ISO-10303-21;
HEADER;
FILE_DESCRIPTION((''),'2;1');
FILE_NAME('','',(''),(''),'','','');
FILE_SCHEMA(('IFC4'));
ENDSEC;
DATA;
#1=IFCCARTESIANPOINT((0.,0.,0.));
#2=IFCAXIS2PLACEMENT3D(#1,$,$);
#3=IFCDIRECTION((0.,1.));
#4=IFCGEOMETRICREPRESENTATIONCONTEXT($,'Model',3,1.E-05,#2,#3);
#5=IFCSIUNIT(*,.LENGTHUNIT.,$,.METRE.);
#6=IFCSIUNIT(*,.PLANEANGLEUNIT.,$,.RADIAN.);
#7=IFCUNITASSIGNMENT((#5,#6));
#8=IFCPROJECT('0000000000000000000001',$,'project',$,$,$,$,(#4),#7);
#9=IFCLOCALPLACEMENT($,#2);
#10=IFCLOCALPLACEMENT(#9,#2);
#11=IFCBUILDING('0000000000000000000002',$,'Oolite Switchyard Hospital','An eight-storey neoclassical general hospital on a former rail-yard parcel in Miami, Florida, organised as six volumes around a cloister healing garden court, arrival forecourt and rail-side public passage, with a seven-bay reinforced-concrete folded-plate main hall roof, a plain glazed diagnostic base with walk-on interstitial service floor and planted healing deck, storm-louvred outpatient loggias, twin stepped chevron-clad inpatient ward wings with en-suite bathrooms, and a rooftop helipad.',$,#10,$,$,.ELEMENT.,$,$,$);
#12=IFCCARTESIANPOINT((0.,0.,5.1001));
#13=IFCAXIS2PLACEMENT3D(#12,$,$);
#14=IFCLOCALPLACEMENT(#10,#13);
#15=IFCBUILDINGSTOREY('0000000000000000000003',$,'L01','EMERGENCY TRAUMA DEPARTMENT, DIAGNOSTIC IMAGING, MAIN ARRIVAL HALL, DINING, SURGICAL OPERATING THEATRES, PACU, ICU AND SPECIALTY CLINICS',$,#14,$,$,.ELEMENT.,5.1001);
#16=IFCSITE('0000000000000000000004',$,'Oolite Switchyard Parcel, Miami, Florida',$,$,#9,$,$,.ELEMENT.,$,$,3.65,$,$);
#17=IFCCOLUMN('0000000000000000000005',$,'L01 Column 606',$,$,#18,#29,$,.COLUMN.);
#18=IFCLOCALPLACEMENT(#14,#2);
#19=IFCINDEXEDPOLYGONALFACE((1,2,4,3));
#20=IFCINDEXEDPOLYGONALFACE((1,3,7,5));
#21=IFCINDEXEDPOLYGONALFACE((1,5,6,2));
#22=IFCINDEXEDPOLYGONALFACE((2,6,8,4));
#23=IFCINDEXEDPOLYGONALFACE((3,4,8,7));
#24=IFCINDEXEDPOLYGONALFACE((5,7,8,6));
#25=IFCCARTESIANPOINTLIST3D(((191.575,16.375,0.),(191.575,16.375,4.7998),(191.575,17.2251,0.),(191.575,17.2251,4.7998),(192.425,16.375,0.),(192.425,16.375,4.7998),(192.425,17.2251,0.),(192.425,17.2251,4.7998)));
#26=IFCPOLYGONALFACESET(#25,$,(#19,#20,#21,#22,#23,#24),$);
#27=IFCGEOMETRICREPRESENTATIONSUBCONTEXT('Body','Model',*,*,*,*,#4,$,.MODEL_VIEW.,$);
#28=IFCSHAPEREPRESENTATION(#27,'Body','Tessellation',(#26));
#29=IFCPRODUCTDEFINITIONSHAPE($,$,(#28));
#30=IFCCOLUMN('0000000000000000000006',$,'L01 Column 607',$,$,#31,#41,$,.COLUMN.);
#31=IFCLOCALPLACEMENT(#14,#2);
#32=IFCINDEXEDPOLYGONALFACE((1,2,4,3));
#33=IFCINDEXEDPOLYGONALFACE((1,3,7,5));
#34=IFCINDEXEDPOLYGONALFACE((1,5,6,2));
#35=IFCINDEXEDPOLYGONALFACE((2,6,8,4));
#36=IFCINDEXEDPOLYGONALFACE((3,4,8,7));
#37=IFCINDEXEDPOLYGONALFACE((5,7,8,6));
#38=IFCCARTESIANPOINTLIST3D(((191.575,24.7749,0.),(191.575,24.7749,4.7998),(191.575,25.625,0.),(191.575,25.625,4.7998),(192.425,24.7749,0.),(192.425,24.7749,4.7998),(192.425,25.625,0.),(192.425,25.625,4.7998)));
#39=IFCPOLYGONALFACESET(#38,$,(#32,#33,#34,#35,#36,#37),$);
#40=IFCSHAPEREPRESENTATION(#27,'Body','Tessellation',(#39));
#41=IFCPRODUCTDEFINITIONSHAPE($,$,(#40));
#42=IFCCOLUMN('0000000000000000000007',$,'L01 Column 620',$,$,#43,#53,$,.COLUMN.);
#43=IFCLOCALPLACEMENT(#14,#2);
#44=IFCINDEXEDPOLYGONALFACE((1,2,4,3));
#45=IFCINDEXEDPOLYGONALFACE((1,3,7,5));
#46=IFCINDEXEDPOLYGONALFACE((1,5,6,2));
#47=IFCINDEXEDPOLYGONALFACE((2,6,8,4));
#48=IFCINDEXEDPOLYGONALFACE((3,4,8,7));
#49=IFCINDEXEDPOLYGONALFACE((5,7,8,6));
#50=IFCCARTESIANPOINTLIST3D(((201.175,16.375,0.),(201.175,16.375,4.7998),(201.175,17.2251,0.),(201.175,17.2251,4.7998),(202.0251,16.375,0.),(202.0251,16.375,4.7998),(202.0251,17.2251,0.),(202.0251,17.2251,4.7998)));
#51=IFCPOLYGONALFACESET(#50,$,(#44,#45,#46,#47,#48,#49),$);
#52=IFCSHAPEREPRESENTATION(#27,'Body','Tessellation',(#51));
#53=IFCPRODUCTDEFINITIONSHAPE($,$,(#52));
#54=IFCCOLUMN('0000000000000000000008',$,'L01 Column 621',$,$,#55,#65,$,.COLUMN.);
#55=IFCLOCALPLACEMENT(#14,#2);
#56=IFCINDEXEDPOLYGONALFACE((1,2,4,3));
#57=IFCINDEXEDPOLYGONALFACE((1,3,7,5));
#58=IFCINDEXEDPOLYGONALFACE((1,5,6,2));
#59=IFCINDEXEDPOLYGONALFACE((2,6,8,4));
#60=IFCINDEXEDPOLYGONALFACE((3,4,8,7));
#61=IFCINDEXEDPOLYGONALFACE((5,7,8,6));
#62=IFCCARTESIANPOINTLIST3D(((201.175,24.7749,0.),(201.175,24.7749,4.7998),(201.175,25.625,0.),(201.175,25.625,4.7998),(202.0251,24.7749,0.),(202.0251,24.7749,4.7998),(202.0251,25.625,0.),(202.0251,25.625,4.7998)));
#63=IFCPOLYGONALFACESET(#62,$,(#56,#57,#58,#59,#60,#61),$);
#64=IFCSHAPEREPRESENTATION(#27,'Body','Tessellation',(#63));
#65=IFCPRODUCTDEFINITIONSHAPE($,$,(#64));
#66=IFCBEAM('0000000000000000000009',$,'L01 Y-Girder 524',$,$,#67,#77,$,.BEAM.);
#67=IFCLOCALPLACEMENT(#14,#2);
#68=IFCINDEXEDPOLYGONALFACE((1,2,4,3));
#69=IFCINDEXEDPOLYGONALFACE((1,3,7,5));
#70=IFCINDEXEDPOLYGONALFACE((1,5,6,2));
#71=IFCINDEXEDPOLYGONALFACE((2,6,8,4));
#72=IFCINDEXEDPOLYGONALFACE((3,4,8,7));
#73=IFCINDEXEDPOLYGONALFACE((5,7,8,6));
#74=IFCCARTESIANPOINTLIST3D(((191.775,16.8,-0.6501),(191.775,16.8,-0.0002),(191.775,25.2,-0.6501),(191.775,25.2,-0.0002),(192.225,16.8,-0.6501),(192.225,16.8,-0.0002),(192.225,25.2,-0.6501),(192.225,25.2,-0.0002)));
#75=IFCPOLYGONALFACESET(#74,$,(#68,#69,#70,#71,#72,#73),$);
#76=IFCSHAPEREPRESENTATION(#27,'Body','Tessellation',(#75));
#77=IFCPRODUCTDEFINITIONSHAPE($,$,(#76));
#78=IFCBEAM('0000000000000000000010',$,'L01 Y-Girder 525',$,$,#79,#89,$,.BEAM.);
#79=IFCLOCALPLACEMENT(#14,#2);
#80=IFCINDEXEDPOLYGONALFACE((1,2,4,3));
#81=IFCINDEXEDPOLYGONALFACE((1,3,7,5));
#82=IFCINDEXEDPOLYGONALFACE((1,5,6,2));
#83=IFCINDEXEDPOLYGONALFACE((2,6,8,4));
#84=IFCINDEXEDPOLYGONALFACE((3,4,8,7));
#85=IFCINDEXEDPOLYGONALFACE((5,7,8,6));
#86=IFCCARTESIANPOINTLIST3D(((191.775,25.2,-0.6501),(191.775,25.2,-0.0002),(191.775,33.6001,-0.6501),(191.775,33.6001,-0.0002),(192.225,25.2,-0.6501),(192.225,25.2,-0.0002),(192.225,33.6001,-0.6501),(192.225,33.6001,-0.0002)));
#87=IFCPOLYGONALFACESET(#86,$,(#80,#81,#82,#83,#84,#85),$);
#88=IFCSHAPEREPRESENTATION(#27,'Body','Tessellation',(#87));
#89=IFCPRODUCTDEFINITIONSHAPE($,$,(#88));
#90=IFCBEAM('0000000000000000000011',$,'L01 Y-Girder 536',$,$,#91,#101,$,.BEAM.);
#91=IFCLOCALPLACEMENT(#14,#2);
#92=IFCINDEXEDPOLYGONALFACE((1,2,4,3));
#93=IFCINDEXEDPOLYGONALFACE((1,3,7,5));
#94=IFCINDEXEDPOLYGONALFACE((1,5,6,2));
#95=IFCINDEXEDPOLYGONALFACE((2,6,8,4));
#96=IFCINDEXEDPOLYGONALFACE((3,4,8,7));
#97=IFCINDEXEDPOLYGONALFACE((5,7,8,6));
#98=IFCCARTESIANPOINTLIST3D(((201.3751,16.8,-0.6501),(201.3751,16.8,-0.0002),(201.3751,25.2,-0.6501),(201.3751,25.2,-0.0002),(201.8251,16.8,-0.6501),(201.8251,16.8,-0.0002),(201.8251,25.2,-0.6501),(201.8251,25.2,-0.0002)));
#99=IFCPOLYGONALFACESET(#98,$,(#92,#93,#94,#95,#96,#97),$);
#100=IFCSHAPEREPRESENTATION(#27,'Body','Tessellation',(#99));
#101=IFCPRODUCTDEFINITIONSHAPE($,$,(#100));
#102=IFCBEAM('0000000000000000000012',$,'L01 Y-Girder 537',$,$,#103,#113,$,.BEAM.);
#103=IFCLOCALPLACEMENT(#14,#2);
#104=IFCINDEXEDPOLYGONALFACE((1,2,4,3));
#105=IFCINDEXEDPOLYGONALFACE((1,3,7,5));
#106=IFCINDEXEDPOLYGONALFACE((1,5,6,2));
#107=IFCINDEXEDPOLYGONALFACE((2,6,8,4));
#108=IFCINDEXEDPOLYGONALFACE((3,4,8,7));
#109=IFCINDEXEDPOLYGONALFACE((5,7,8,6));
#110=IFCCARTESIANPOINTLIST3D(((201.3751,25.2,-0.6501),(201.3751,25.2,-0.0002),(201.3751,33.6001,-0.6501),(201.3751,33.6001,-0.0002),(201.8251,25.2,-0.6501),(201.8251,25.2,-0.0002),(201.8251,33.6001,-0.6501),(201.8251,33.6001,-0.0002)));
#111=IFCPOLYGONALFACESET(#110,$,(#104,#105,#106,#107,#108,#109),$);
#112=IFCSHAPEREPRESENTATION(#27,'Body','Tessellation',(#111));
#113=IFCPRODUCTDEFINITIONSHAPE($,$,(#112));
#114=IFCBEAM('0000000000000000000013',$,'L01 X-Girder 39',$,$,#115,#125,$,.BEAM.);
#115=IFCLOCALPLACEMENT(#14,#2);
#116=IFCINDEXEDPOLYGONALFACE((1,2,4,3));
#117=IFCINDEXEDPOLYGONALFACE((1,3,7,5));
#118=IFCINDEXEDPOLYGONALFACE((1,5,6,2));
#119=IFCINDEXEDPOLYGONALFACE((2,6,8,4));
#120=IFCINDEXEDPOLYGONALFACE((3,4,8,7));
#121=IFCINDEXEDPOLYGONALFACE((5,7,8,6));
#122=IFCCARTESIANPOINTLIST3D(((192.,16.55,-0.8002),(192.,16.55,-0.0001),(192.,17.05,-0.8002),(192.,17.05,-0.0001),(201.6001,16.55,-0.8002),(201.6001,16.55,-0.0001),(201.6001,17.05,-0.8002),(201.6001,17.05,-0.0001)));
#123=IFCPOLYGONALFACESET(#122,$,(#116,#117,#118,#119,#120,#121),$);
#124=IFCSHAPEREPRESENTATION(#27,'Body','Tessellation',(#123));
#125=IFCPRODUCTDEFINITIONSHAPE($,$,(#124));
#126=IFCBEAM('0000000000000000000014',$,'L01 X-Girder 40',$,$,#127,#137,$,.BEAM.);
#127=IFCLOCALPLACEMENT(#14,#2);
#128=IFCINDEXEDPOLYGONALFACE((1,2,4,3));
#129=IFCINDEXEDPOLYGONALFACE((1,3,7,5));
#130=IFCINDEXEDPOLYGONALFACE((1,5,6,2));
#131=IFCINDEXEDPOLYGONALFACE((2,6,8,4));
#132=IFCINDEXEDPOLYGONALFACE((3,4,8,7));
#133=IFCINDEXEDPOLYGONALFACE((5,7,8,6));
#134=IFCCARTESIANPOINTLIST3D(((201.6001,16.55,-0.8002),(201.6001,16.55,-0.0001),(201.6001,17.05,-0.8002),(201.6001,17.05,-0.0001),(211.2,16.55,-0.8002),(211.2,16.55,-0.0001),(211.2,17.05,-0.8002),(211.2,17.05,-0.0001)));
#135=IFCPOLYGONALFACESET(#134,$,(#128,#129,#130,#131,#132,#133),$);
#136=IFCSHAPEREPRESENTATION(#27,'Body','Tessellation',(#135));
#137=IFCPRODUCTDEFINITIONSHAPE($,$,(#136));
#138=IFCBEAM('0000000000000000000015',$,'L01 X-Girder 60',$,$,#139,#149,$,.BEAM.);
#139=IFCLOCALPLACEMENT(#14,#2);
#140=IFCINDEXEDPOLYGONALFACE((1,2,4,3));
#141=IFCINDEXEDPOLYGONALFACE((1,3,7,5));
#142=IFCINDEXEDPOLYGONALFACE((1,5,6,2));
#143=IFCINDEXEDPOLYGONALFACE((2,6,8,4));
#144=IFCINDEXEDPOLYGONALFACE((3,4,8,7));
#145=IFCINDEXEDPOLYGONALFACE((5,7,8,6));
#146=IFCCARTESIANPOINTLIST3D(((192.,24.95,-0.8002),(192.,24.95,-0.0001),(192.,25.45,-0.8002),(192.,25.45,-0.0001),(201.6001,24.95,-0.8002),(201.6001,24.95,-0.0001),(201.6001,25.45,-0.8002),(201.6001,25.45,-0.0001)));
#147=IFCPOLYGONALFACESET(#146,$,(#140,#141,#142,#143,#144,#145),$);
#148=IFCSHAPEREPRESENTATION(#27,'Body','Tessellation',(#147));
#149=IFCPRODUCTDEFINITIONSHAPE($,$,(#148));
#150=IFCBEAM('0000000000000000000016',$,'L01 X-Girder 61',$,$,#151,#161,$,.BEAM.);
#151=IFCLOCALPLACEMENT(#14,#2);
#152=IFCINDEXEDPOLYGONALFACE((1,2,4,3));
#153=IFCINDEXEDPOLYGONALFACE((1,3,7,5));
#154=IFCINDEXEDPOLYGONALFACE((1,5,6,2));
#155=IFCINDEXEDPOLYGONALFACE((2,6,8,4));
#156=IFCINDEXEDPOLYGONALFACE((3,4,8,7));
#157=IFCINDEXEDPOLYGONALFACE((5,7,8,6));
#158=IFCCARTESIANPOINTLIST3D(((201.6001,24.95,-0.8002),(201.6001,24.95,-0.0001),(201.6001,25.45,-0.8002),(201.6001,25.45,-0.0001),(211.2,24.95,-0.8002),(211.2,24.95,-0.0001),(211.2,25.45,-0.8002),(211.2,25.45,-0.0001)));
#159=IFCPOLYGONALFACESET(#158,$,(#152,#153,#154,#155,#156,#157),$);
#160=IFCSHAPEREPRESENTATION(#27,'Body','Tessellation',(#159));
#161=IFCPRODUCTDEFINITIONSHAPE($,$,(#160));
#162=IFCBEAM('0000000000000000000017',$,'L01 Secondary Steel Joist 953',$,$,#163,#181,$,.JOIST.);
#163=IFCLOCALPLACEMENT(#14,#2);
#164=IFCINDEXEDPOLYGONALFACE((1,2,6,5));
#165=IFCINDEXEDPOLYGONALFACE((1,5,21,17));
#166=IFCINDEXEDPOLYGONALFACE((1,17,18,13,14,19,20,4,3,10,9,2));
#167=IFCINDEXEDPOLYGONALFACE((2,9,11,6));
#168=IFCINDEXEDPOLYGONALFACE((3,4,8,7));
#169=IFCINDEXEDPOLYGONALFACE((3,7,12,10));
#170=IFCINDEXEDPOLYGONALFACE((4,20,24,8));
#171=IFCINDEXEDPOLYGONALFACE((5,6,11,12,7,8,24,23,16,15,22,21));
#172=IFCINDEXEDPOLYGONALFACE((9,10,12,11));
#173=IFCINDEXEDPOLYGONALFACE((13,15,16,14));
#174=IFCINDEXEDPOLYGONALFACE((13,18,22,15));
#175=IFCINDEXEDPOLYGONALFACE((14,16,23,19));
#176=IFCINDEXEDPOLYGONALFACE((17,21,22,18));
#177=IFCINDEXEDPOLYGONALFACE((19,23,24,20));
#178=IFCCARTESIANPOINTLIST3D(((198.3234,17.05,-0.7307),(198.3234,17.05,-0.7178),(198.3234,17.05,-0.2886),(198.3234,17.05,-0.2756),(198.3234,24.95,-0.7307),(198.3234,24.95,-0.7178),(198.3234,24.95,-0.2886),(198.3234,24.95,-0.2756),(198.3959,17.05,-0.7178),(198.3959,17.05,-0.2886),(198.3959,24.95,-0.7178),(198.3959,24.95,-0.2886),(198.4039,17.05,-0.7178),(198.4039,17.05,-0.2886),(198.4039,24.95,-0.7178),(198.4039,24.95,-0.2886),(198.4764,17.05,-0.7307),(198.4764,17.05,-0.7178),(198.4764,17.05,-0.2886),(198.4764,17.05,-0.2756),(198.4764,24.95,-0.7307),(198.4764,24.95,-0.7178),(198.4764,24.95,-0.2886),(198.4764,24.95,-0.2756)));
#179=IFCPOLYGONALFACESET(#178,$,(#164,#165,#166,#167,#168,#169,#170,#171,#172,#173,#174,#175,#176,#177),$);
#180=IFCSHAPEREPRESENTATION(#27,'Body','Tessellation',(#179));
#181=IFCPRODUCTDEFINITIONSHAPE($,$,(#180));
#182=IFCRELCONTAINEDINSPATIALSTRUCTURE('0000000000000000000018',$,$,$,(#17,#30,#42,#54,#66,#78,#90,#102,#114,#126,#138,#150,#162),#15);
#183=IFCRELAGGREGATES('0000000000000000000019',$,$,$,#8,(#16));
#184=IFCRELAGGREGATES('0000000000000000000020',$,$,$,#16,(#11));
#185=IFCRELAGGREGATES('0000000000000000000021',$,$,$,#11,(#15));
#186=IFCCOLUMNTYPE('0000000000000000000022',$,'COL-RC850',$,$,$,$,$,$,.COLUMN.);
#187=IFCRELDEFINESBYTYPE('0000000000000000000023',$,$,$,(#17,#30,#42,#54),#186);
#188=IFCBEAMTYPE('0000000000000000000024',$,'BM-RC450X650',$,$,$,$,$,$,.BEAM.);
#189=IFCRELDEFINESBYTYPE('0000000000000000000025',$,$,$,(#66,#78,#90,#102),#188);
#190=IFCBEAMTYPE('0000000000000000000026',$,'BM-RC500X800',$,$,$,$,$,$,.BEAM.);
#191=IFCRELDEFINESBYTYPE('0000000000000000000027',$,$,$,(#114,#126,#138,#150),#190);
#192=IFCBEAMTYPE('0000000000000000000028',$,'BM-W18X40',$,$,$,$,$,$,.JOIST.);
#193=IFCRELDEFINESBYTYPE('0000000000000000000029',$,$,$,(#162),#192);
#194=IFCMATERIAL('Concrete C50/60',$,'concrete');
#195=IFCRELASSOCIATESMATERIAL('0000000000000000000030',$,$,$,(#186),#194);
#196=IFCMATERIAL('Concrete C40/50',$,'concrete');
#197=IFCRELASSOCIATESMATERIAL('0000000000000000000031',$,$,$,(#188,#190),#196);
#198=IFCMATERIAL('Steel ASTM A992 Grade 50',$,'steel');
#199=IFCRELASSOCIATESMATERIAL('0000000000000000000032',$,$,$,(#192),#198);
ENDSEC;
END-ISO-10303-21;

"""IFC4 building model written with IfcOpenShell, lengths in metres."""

from ifc_helpers import new_model, si_unit, direction, frame, origin, origin_2d, place, context, subcontext, project, spatial, rectangle, i_section, extrude, material, material_profile, profile_set, type_object, element, save


model = new_model("IFC4")

# Units and contexts
model_context = context("Model", 3, precision=1e-05, world=origin(), true_north=direction((0.0, 1.0)))
body_context = subcontext(model_context, "Body", "Model", "MODEL_VIEW")
ifc_project = project(units=[si_unit("LENGTHUNIT", "METRE"), si_unit("PLANEANGLEUNIT", "RADIAN")], contexts=[model_context])

# Site, building, storey
site_placement = place(None, origin())
site = spatial("IfcSite", under=ifc_project, at=site_placement, Name="Oolite Switchyard Parcel, Miami, Florida", CompositionType="ELEMENT", RefElevation=3.65)
building_placement = place(site_placement, origin())
building = spatial("IfcBuilding", under=site, at=building_placement, Name="Oolite Switchyard Hospital", Description="An eight-storey neoclassical general hospital on a former rail-yard parcel in Miami, Florida, organised as six volumes around a cloister healing garden court, arrival forecourt and rail-side public passage, with a seven-bay reinforced-concrete folded-plate main hall roof, a plain glazed diagnostic base with walk-on interstitial service floor and planted healing deck, storm-louvred outpatient loggias, twin stepped chevron-clad inpatient ward wings with en-suite bathrooms, and a rooftop helipad.", CompositionType="ELEMENT")
storey_placement = place(building_placement, frame((0.0, 0.0, 5.1001)))
storey = spatial("IfcBuildingStorey", under=building, at=storey_placement, Name="L01", Description="EMERGENCY TRAUMA DEPARTMENT, DIAGNOSTIC IMAGING, MAIN ARRIVAL HALL, DINING, SURGICAL OPERATING THEATRES, PACU, ICU AND SPECIALTY CLINICS", CompositionType="ELEMENT", Elevation=5.1001)

# Columns
ifc_material_1 = material(Name="Concrete C50/60", Category="concrete")
ifc_material_profile_1 = material_profile(ifc_material_1, rectangle(XDim=0.8501, YDim=0.8501, at=origin_2d()), Name="RC850X850")
ifc_profile_set_1 = profile_set([ifc_material_profile_1], Name="Concrete C50/60")
column_type = type_object("IfcColumnType", Name="COL-RC850", PredefinedType="COLUMN", material=ifc_profile_set_1)
for number, where, z_axis, x_axis, name in (
    (1, (192.0, 16.8, 0.0), (0.0, 0.0, 1.0), (1.0, 0.0, 0.0), "L01 Column 606"),
    (2, (192.0, 25.2, 0.0), (0.0, 0.0, 1.0), (1.0, 0.0, 0.0), "L01 Column 607"),
    (3, (201.6001, 16.8, 0.0), (0.0, 0.0, 1.0), (1.0, 0.0, 0.0), "L01 Column 620"),
    (4, (201.6001, 25.2, 0.0), (0.0, 0.0, 1.0), (1.0, 0.0, 0.0), "L01 Column 621"),
):
    element("IfcColumn", number, at=place(storey_placement, frame(where, z_axis=z_axis, x_axis=x_axis)), inside=storey, type_object=column_type, Name=name, PredefinedType="COLUMN", context=body_context, shape_type="SweptSolid", body=[
        extrude(rectangle(XDim=0.8501, YDim=0.8501, at=origin_2d()), origin(), (0.0, 0.0, 1.0), 4.7998),
    ])

# Beams
ifc_material_2 = material(Name="Concrete C40/50", Category="concrete")
ifc_material_profile_2 = material_profile(ifc_material_2, rectangle(XDim=0.45, YDim=0.6499, at=origin_2d()), Name="RCB450X650")
ifc_profile_set_2 = profile_set([ifc_material_profile_2], Name="Concrete C40/50")
beam_type_1 = type_object("IfcBeamType", Name="BM-RC450X650", PredefinedType="BEAM", material=ifc_profile_set_2)
beam_1_placement = place(storey_placement, frame((192.0, 16.8, -0.3252), z_axis=(0.0, 1.0, 0.0), x_axis=(-1.0, 0.0, 0.0)))
element("IfcBeam", 5, at=beam_1_placement, inside=storey, type_object=beam_type_1, Name="L01 Y-Girder 524", PredefinedType="BEAM", context=body_context, shape_type="SweptSolid", body=[
    extrude(rectangle(XDim=0.45, YDim=0.6499, at=origin_2d()), origin(), (0.0, 0.0, 1.0), 8.3999),
])
beam_2_placement = place(storey_placement, frame((192.0, 25.2, -0.3252), z_axis=(0.0, 1.0, 0.0), x_axis=(-1.0, 0.0, 0.0)))
element("IfcBeam", 6, at=beam_2_placement, inside=storey, type_object=beam_type_1, Name="L01 Y-Girder 525", PredefinedType="BEAM", context=body_context, shape_type="SweptSolid", body=[
    extrude(rectangle(XDim=0.45, YDim=0.6499, at=origin_2d()), origin(), (0.0, 0.0, 1.0), 8.4001),
])
beam_3_placement = place(storey_placement, frame((201.6001, 16.8, -0.3252), z_axis=(0.0, 1.0, 0.0), x_axis=(-1.0, 0.0, 0.0)))
element("IfcBeam", 7, at=beam_3_placement, inside=storey, type_object=beam_type_1, Name="L01 Y-Girder 536", PredefinedType="BEAM", context=body_context, shape_type="SweptSolid", body=[
    extrude(rectangle(XDim=0.45, YDim=0.6499, at=origin_2d()), origin(), (0.0, 0.0, 1.0), 8.3999),
])
beam_4_placement = place(storey_placement, frame((201.6001, 25.2, -0.3252), z_axis=(0.0, 1.0, 0.0), x_axis=(-1.0, 0.0, 0.0)))
element("IfcBeam", 8, at=beam_4_placement, inside=storey, type_object=beam_type_1, Name="L01 Y-Girder 537", PredefinedType="BEAM", context=body_context, shape_type="SweptSolid", body=[
    extrude(rectangle(XDim=0.45, YDim=0.6499, at=origin_2d()), origin(), (0.0, 0.0, 1.0), 8.4001),
])
ifc_material_profile_3 = material_profile(ifc_material_2, rectangle(XDim=0.5, YDim=0.8, at=origin_2d()), Name="RCB500X800")
ifc_profile_set_3 = profile_set([ifc_material_profile_3], Name="Concrete C40/50")
beam_type_2 = type_object("IfcBeamType", Name="BM-RC500X800", PredefinedType="BEAM", material=ifc_profile_set_3)
beam_5_placement = place(storey_placement, frame((192.0, 16.8, -0.4001), z_axis=(1.0, 0.0, 0.0), x_axis=(0.0, 1.0, 0.0)))
element("IfcBeam", 9, at=beam_5_placement, inside=storey, type_object=beam_type_2, Name="L01 X-Girder 39", PredefinedType="BEAM", context=body_context, shape_type="SweptSolid", body=[
    extrude(rectangle(XDim=0.5, YDim=0.8, at=origin_2d()), origin(), (0.0, 0.0, 1.0), 9.6001),
])
beam_6_placement = place(storey_placement, frame((201.6001, 16.8, -0.4001), z_axis=(1.0, 0.0, 0.0), x_axis=(0.0, 1.0, 0.0)))
element("IfcBeam", 10, at=beam_6_placement, inside=storey, type_object=beam_type_2, Name="L01 X-Girder 40", PredefinedType="BEAM", context=body_context, shape_type="SweptSolid", body=[
    extrude(rectangle(XDim=0.5, YDim=0.8, at=origin_2d()), origin(), (0.0, 0.0, 1.0), 9.5999),
])
beam_7_placement = place(storey_placement, frame((192.0, 25.2, -0.4001), z_axis=(1.0, 0.0, 0.0), x_axis=(0.0, 1.0, 0.0)))
element("IfcBeam", 11, at=beam_7_placement, inside=storey, type_object=beam_type_2, Name="L01 X-Girder 60", PredefinedType="BEAM", context=body_context, shape_type="SweptSolid", body=[
    extrude(rectangle(XDim=0.5, YDim=0.8, at=origin_2d()), origin(), (0.0, 0.0, 1.0), 9.6001),
])
beam_8_placement = place(storey_placement, frame((201.6001, 25.2, -0.4001), z_axis=(1.0, 0.0, 0.0), x_axis=(0.0, 1.0, 0.0)))
element("IfcBeam", 12, at=beam_8_placement, inside=storey, type_object=beam_type_2, Name="L01 X-Girder 61", PredefinedType="BEAM", context=body_context, shape_type="SweptSolid", body=[
    extrude(rectangle(XDim=0.5, YDim=0.8, at=origin_2d()), origin(), (0.0, 0.0, 1.0), 9.5999),
])
ifc_material_3 = material(Name="Steel ASTM A992 Grade 50", Category="steel")
ifc_material_profile_4 = material_profile(ifc_material_3, i_section(OverallWidth=0.1531, OverallDepth=0.4551, WebThickness=0.0081, FlangeThickness=0.0129, at=origin_2d()), Name="W18X40")
ifc_profile_set_4 = profile_set([ifc_material_profile_4], Name="Steel ASTM A992 Grade 50")
beam_type_3 = type_object("IfcBeamType", Name="BM-W18X40", PredefinedType="JOIST", material=ifc_profile_set_4)
beam_9_placement = place(storey_placement, frame((198.3999, 17.05, -0.5032), z_axis=(0.0, 1.0, 0.0), x_axis=(-1.0, 0.0, 0.0)))
element("IfcBeam", 13, at=beam_9_placement, inside=storey, type_object=beam_type_3, Name="L01 Secondary Steel Joist 953", PredefinedType="JOIST", context=body_context, shape_type="SweptSolid", body=[
    extrude(i_section(OverallWidth=0.1531, OverallDepth=0.4551, WebThickness=0.0081, FlangeThickness=0.0129, at=origin_2d()), origin(), (0.0, 0.0, 1.0), 7.8999),
])

save(model, "model.ifc")
